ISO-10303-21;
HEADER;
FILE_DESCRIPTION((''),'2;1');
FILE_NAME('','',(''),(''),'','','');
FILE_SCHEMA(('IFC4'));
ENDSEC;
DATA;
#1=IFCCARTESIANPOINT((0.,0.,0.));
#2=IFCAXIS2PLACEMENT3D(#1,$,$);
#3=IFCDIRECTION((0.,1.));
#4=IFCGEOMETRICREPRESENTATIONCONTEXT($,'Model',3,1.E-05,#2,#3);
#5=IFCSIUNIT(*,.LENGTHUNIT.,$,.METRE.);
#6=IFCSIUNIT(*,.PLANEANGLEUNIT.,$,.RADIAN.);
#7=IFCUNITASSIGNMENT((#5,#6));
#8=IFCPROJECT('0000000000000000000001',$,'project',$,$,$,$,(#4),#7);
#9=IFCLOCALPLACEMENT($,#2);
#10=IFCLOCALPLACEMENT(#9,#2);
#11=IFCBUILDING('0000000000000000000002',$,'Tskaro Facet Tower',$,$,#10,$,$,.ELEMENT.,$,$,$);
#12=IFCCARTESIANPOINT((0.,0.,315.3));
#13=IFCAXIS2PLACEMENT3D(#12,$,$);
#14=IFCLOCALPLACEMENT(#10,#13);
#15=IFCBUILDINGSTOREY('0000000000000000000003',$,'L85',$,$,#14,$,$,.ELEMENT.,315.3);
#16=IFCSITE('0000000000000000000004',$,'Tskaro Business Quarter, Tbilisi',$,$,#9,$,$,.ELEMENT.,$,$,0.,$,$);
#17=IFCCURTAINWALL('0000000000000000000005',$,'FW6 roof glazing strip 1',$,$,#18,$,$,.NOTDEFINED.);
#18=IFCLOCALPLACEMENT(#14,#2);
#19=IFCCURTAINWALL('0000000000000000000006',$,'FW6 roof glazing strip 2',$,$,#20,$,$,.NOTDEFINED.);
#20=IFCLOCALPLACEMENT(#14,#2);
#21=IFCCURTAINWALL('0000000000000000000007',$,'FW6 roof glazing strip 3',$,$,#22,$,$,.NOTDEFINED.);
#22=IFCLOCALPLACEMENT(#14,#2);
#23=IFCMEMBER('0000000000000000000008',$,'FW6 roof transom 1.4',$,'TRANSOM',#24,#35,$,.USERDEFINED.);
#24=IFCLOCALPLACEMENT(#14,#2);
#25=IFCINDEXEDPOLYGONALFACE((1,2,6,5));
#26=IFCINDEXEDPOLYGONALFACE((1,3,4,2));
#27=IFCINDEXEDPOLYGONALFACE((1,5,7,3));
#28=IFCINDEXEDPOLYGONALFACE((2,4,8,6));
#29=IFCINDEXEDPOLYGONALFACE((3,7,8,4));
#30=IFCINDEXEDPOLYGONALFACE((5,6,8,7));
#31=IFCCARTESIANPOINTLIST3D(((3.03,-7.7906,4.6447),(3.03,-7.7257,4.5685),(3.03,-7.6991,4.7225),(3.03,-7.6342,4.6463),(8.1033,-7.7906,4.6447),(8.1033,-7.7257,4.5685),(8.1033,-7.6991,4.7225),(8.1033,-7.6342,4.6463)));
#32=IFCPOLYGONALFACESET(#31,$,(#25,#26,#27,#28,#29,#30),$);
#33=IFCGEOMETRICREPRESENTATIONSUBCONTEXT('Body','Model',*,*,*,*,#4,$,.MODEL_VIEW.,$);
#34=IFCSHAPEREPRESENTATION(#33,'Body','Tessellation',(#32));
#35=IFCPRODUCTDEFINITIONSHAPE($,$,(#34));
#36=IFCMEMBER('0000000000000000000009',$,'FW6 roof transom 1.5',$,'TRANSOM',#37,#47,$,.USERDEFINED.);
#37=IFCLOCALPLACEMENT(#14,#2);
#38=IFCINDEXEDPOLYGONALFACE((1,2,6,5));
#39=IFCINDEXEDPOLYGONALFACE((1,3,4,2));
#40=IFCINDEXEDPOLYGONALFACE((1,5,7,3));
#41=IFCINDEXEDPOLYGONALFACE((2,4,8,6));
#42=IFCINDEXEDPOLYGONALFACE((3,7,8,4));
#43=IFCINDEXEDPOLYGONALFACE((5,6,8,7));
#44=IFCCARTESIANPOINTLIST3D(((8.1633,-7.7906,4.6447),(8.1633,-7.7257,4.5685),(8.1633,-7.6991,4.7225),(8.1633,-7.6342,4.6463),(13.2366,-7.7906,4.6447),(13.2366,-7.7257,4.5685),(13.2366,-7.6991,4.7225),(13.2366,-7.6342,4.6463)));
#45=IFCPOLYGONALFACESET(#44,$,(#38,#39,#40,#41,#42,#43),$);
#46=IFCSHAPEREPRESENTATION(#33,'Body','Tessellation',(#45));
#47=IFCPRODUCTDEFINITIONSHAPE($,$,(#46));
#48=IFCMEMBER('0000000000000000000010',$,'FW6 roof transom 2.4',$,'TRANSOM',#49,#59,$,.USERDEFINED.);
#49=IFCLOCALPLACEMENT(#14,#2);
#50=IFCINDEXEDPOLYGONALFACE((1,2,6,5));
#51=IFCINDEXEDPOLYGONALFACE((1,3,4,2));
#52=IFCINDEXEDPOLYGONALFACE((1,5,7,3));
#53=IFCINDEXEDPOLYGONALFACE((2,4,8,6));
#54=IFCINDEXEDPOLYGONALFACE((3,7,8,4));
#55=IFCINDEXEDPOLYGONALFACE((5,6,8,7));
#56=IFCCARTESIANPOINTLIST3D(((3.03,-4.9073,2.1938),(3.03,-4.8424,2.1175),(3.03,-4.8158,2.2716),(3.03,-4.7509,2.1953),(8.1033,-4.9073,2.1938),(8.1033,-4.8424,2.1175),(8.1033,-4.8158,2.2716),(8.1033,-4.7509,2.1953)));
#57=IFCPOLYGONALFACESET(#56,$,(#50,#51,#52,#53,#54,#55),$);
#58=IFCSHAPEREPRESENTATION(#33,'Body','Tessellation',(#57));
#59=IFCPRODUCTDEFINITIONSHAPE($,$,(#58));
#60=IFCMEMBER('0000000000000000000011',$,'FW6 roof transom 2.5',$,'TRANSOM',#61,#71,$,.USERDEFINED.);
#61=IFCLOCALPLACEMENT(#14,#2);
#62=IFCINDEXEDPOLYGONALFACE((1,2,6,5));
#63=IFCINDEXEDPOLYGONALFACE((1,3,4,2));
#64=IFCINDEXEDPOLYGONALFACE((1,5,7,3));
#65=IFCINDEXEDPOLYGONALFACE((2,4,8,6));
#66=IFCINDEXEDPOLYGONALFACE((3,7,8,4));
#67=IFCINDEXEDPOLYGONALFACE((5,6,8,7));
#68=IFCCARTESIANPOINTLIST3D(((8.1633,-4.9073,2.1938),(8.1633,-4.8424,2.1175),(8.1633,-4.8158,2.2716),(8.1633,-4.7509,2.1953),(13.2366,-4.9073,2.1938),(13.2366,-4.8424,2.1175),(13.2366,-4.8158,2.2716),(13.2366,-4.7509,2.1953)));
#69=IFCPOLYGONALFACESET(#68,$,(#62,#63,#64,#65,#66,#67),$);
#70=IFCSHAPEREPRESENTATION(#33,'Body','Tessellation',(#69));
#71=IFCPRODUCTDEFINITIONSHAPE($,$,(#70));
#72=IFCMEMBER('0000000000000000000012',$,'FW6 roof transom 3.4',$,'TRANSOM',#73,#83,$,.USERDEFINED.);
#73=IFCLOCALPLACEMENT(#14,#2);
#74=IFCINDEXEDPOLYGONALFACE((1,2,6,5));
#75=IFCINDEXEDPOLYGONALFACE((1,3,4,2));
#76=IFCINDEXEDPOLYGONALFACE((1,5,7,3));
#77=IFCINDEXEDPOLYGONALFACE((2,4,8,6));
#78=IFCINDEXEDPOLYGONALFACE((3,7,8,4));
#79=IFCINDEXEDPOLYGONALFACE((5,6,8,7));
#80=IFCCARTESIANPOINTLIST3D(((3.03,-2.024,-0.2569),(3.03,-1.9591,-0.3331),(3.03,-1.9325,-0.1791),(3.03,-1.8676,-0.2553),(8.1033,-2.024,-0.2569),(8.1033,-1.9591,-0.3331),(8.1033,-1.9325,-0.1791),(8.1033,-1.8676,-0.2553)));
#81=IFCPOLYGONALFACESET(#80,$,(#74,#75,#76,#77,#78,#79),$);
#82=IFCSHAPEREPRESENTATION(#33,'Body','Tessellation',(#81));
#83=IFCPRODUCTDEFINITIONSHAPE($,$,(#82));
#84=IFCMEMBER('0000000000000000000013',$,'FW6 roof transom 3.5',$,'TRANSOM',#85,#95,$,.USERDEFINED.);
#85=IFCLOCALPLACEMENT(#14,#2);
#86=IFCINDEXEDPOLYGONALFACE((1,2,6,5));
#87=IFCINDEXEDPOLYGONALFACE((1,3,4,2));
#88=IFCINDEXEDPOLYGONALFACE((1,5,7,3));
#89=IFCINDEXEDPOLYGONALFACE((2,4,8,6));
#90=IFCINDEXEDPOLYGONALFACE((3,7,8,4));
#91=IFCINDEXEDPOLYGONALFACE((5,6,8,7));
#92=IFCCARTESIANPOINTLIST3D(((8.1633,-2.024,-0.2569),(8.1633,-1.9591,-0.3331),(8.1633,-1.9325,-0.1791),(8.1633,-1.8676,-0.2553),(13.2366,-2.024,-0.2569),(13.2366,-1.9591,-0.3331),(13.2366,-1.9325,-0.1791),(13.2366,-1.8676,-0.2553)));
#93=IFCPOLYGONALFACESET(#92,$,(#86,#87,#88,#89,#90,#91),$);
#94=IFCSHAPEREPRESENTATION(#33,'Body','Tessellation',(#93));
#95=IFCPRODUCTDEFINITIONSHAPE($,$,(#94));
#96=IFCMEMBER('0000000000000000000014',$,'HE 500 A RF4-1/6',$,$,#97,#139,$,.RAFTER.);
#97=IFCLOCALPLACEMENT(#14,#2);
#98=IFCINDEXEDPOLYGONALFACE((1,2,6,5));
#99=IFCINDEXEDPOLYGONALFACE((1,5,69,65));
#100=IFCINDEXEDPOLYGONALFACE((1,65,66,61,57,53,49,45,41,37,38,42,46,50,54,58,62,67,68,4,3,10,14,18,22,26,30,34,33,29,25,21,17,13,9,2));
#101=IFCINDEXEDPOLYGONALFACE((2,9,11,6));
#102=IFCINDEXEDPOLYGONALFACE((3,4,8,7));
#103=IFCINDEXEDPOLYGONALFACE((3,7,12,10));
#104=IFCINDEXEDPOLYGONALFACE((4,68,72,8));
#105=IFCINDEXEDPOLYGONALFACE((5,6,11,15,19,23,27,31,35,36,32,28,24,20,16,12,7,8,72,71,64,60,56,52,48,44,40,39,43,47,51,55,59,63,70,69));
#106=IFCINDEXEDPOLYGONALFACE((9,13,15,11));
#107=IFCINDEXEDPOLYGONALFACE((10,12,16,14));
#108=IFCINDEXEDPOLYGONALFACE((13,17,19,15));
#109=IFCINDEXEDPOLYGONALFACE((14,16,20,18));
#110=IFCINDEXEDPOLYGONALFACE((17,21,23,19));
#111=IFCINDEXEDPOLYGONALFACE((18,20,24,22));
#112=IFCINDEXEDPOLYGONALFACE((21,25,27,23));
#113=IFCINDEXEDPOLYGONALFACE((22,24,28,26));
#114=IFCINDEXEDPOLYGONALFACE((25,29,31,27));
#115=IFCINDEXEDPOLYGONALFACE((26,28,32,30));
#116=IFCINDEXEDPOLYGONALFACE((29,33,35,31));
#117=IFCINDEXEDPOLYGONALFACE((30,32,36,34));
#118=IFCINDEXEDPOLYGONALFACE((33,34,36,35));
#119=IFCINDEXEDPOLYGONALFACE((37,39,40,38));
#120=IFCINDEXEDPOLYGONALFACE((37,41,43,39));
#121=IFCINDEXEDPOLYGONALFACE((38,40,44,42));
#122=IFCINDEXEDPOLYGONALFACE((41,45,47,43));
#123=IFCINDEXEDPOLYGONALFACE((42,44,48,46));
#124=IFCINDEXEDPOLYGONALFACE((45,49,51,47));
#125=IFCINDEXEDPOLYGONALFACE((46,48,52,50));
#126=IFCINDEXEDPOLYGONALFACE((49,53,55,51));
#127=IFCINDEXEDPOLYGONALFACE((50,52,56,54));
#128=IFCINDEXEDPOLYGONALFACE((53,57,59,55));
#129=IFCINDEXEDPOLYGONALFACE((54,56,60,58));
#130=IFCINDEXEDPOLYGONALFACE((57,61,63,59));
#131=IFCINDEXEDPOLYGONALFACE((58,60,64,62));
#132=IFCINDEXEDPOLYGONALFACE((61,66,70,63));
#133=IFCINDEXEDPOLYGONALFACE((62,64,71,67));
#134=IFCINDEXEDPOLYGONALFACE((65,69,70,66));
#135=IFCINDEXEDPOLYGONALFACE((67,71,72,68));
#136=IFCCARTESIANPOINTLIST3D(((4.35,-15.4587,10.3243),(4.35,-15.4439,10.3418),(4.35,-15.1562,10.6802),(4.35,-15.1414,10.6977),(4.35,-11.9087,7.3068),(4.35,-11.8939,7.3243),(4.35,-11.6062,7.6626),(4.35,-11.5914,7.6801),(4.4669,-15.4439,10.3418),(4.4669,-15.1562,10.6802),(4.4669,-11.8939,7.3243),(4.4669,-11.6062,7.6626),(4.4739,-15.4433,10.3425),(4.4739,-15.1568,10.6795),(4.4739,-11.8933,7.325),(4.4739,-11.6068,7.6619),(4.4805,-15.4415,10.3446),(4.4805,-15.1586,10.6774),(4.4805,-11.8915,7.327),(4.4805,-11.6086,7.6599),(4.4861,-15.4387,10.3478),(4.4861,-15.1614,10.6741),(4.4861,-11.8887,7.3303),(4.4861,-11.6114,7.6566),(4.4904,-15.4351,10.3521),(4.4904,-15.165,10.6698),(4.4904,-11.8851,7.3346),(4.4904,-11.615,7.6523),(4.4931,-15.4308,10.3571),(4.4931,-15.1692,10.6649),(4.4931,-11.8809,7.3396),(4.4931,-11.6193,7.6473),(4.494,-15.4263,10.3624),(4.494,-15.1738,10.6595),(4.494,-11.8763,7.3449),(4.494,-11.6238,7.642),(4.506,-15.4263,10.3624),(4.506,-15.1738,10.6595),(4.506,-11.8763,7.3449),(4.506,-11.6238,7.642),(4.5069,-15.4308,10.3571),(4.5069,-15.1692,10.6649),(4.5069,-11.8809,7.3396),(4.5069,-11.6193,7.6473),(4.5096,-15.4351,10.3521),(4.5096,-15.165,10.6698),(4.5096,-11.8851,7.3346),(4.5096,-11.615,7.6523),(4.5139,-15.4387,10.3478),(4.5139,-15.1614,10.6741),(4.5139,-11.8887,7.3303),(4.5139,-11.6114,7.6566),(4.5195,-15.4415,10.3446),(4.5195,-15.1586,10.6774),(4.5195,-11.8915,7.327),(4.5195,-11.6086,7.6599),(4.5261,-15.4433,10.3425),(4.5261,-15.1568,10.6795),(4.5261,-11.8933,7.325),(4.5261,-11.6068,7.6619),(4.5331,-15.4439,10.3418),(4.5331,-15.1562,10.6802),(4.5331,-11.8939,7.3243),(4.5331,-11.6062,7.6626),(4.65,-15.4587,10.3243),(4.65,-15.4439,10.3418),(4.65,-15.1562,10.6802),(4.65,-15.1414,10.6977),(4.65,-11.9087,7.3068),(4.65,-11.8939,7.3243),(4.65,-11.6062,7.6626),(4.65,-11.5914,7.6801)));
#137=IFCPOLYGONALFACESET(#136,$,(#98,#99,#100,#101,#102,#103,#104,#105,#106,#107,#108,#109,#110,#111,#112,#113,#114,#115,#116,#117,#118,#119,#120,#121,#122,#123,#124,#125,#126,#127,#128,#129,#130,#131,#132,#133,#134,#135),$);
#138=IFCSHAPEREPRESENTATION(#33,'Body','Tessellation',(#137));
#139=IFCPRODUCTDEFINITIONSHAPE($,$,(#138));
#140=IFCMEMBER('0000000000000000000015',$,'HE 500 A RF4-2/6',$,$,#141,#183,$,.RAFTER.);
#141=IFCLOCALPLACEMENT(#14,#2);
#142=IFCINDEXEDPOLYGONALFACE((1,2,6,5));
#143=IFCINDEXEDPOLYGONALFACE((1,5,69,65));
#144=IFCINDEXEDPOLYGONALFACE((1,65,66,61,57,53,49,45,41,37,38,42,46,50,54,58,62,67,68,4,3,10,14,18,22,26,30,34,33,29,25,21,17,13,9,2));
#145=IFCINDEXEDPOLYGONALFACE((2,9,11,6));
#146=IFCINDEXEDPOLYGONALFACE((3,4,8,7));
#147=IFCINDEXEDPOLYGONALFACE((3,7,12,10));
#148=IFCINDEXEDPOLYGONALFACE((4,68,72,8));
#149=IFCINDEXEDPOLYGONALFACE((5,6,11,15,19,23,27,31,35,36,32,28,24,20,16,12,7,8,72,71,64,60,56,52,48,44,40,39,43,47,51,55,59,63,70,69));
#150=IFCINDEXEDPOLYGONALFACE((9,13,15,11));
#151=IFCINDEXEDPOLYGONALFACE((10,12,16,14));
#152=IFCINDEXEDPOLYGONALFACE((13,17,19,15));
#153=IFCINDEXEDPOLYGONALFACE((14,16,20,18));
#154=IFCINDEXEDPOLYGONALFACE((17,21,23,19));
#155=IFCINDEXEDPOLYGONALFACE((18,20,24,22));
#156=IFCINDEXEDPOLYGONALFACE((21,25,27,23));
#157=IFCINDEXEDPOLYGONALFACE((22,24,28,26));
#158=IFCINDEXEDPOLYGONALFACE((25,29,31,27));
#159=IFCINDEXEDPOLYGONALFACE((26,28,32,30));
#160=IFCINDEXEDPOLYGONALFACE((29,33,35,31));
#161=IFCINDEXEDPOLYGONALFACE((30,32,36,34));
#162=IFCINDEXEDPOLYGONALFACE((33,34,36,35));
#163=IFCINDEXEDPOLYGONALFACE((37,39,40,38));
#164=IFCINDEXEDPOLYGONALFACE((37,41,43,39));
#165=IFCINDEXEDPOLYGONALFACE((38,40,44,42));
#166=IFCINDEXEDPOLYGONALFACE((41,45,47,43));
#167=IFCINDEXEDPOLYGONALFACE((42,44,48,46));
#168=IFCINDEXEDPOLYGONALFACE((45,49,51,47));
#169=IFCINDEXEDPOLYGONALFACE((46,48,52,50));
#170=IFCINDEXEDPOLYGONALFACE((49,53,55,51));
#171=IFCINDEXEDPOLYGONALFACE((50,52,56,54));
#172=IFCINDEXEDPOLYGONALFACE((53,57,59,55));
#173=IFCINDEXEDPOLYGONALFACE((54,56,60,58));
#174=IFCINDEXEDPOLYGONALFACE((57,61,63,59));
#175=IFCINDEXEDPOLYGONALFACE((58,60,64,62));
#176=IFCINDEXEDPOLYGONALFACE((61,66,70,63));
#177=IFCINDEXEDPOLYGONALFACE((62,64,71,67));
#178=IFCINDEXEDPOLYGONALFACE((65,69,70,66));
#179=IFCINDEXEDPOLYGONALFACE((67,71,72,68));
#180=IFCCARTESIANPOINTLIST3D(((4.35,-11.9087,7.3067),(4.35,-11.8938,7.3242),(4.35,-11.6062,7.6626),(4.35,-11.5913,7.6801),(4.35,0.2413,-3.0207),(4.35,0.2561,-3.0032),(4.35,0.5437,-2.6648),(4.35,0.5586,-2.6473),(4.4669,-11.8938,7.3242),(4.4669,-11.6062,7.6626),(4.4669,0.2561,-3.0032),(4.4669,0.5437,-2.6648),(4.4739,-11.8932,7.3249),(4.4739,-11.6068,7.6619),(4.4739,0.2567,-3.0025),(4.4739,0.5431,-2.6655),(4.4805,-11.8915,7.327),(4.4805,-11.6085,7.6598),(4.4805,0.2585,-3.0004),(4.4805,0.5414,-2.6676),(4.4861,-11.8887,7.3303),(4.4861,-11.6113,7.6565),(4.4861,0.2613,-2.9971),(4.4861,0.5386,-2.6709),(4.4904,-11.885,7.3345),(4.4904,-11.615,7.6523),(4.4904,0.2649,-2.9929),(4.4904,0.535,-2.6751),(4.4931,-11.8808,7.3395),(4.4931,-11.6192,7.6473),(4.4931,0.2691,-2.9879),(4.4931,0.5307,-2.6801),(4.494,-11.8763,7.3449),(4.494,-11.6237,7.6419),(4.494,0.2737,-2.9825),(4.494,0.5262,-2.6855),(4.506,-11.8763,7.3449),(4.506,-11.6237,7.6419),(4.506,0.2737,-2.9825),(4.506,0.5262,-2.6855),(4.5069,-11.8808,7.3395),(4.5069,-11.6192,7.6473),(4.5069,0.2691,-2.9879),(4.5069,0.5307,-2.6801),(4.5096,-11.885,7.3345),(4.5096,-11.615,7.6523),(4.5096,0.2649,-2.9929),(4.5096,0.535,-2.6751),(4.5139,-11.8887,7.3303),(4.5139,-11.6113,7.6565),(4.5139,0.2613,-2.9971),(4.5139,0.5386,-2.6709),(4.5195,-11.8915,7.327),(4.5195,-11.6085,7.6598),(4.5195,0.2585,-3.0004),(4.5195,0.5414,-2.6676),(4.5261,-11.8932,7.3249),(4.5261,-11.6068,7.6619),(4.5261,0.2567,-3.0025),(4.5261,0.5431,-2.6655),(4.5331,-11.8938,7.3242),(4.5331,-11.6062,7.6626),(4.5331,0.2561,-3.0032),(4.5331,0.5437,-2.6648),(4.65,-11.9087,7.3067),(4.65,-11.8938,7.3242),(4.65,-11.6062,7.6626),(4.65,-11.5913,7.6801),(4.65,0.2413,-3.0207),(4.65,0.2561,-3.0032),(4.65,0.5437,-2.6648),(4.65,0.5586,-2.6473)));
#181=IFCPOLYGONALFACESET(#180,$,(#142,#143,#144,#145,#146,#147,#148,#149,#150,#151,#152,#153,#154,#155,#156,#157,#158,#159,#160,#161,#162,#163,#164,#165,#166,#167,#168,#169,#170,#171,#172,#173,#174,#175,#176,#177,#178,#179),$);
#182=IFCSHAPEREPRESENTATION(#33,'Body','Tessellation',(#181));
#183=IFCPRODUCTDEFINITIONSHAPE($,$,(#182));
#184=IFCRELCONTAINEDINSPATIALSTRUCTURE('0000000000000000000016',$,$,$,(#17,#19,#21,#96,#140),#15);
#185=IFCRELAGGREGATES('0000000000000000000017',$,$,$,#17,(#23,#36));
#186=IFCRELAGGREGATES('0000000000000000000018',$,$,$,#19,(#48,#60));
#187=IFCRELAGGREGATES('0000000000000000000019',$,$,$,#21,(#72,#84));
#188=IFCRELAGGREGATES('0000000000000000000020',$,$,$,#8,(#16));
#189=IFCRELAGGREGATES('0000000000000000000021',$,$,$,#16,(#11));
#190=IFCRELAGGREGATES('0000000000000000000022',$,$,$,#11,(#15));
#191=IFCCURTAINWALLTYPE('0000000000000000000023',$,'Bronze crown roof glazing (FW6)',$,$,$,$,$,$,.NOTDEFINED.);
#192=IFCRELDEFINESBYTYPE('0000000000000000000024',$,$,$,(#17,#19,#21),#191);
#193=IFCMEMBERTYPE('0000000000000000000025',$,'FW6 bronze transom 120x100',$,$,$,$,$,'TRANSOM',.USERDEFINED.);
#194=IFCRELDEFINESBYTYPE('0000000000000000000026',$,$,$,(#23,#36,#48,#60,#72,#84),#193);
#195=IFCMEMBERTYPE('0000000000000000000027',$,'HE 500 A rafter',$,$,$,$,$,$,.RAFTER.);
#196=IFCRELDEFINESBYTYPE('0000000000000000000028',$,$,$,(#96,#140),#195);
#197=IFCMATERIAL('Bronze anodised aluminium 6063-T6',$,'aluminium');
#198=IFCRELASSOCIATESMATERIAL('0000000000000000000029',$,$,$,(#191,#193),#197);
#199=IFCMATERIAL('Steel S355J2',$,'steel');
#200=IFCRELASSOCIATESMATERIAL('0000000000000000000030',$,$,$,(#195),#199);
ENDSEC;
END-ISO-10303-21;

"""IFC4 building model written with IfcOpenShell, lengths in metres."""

from ifc_helpers import new_model, si_unit, direction, frame, origin, origin_2d, place, context, subcontext, project, spatial, rectangle, i_section, extrude, material, material_profile, profile_set, type_object, element, aggregate, save


model = new_model("IFC4")

# Units and contexts
model_context = context("Model", 3, precision=1e-05, world=origin(), true_north=direction((0.0, 1.0)))
body_context = subcontext(model_context, "Body", "Model", "MODEL_VIEW")
ifc_project = project(units=[si_unit("LENGTHUNIT", "METRE"), si_unit("PLANEANGLEUNIT", "RADIAN")], contexts=[model_context])

# Site, building, storey
site_placement = place(None, origin())
site = spatial("IfcSite", under=ifc_project, at=site_placement, Name="Tskaro Business Quarter, Tbilisi", CompositionType="ELEMENT", RefElevation=0.0)
building_placement = place(site_placement, origin())
building = spatial("IfcBuilding", under=site, at=building_placement, Name="Tskaro Facet Tower", CompositionType="ELEMENT")
storey_placement = place(building_placement, frame((0.0, 0.0, 315.3)))
storey = spatial("IfcBuildingStorey", under=building, at=storey_placement, Name="L85", CompositionType="ELEMENT", Elevation=315.3)

# Curtain walls
ifc_material_1 = material(Name="Bronze anodised aluminium 6063-T6", Category="aluminium")
curtain_wall_type_1 = type_object("IfcCurtainWallType", Name="Bronze crown roof glazing (FW6)", PredefinedType="NOTDEFINED", material=ifc_material_1)
curtain_wall_1_placement = place(storey_placement, origin())
curtain_wall_1 = element("IfcCurtainWall", 1, at=curtain_wall_1_placement, inside=storey, type_object=curtain_wall_type_1, Name="FW6 roof glazing strip 1", PredefinedType="NOTDEFINED")
curtain_wall_2_placement = place(storey_placement, origin())
curtain_wall_2 = element("IfcCurtainWall", 2, at=curtain_wall_2_placement, inside=storey, type_object=curtain_wall_type_1, Name="FW6 roof glazing strip 2", PredefinedType="NOTDEFINED")
curtain_wall_3_placement = place(storey_placement, origin())
curtain_wall_3 = element("IfcCurtainWall", 3, at=curtain_wall_3_placement, inside=storey, type_object=curtain_wall_type_1, Name="FW6 roof glazing strip 3", PredefinedType="NOTDEFINED")

# Members
ifc_material_profile_1 = material_profile(ifc_material_1, rectangle(XDim=0.1201, YDim=0.1001, at=origin_2d()), Name="Transom 120x100")
ifc_profile_set_1 = profile_set([ifc_material_profile_1], Name="Bronze anodised aluminium 6063-T6")
member_type_1 = type_object("IfcMemberType", Name="FW6 bronze transom 120x100", ElementType="TRANSOM", PredefinedType="USERDEFINED", material=ifc_profile_set_1)
member_1_placement = place(storey_placement, frame((3.03, -7.7124, 4.6455), z_axis=(1.0, 0.0, 0.0), x_axis=(0.0, 0.761939, 0.647648)))
member_1 = element("IfcMember", 4, at=member_1_placement, type_object=member_type_1, Name="FW6 roof transom 1.4", ObjectType="TRANSOM", PredefinedType="USERDEFINED", context=body_context, shape_type="SweptSolid", body=[
    extrude(rectangle(XDim=0.1201, YDim=0.1001, at=origin_2d()), origin(), (0.0, 0.0, 1.0), 5.0732),
])
member_2_placement = place(storey_placement, frame((8.1633, -7.7124, 4.6455), z_axis=(1.0, 0.0, 0.0), x_axis=(0.0, 0.761939, 0.647648)))
member_2 = element("IfcMember", 5, at=member_2_placement, type_object=member_type_1, Name="FW6 roof transom 1.5", ObjectType="TRANSOM", PredefinedType="USERDEFINED", context=body_context, shape_type="SweptSolid", body=[
    extrude(rectangle(XDim=0.1201, YDim=0.1001, at=origin_2d()), origin(), (0.0, 0.0, 1.0), 5.0732),
])
member_3_placement = place(storey_placement, frame((3.03, -4.8291, 2.1946), z_axis=(1.0, 0.0, 0.0), x_axis=(0.0, 0.761939, 0.647648)))
member_3 = element("IfcMember", 6, at=member_3_placement, type_object=member_type_1, Name="FW6 roof transom 2.4", ObjectType="TRANSOM", PredefinedType="USERDEFINED", context=body_context, shape_type="SweptSolid", body=[
    extrude(rectangle(XDim=0.1201, YDim=0.1001, at=origin_2d()), origin(), (0.0, 0.0, 1.0), 5.0732),
])
member_4_placement = place(storey_placement, frame((8.1633, -4.8291, 2.1946), z_axis=(1.0, 0.0, 0.0), x_axis=(0.0, 0.761939, 0.647648)))
member_4 = element("IfcMember", 7, at=member_4_placement, type_object=member_type_1, Name="FW6 roof transom 2.5", ObjectType="TRANSOM", PredefinedType="USERDEFINED", context=body_context, shape_type="SweptSolid", body=[
    extrude(rectangle(XDim=0.1201, YDim=0.1001, at=origin_2d()), origin(), (0.0, 0.0, 1.0), 5.0732),
])
member_5_placement = place(storey_placement, frame((3.03, -1.9458, -0.2561), z_axis=(1.0, 0.0, 0.0), x_axis=(0.0, 0.761939, 0.647648)))
member_5 = element("IfcMember", 8, at=member_5_placement, type_object=member_type_1, Name="FW6 roof transom 3.4", ObjectType="TRANSOM", PredefinedType="USERDEFINED", context=body_context, shape_type="SweptSolid", body=[
    extrude(rectangle(XDim=0.1201, YDim=0.1001, at=origin_2d()), origin(), (0.0, 0.0, 1.0), 5.0732),
])
member_6_placement = place(storey_placement, frame((8.1633, -1.9458, -0.2561), z_axis=(1.0, 0.0, 0.0), x_axis=(0.0, 0.761939, 0.647648)))
member_6 = element("IfcMember", 9, at=member_6_placement, type_object=member_type_1, Name="FW6 roof transom 3.5", ObjectType="TRANSOM", PredefinedType="USERDEFINED", context=body_context, shape_type="SweptSolid", body=[
    extrude(rectangle(XDim=0.1201, YDim=0.1001, at=origin_2d()), origin(), (0.0, 0.0, 1.0), 5.0732),
])

# Members
ifc_material_2 = material(Name="Steel S355J2", Category="steel")
ifc_material_profile_2 = material_profile(ifc_material_2, i_section(OverallWidth=0.3, OverallDepth=0.49, WebThickness=0.012, FlangeThickness=0.0229, FilletRadius=0.0271, at=origin_2d()), Name="HE 500 A")
ifc_profile_set_2 = profile_set([ifc_material_profile_2], Name="Steel S355J2")
member_type_2 = type_object("IfcMemberType", Name="HE 500 A rafter", PredefinedType="RAFTER", material=ifc_profile_set_2)
member_7_placement = place(storey_placement, frame((4.5, -15.3, 10.511), z_axis=(0.0, 0.761935, -0.647653), x_axis=(-1.0, 0.0, 0.0)))
element("IfcMember", 10, at=member_7_placement, inside=storey, type_object=member_type_2, Name="HE 500 A RF4-1/6", PredefinedType="RAFTER", context=body_context, shape_type="SweptSolid", body=[
    extrude(i_section(OverallWidth=0.3, OverallDepth=0.49, WebThickness=0.012, FlangeThickness=0.0229, FilletRadius=0.0271, at=origin_2d()), origin(), (0.0, 0.0, 1.0), 4.6592),
])
member_8_placement = place(storey_placement, frame((4.5, -11.75, 7.4934), z_axis=(0.0, 0.76194, -0.647648), x_axis=(-1.0, 0.0, 0.0)))
element("IfcMember", 11, at=member_8_placement, inside=storey, type_object=member_type_2, Name="HE 500 A RF4-2/6", PredefinedType="RAFTER", context=body_context, shape_type="SweptSolid", body=[
    extrude(i_section(OverallWidth=0.3, OverallDepth=0.49, WebThickness=0.012, FlangeThickness=0.0229, FilletRadius=0.0271, at=origin_2d()), origin(), (0.0, 0.0, 1.0), 15.946),
])

aggregate(curtain_wall_1, [member_1, member_2])
aggregate(curtain_wall_2, [member_3, member_4])
aggregate(curtain_wall_3, [member_5, member_6])

save(model, "model.ifc")
